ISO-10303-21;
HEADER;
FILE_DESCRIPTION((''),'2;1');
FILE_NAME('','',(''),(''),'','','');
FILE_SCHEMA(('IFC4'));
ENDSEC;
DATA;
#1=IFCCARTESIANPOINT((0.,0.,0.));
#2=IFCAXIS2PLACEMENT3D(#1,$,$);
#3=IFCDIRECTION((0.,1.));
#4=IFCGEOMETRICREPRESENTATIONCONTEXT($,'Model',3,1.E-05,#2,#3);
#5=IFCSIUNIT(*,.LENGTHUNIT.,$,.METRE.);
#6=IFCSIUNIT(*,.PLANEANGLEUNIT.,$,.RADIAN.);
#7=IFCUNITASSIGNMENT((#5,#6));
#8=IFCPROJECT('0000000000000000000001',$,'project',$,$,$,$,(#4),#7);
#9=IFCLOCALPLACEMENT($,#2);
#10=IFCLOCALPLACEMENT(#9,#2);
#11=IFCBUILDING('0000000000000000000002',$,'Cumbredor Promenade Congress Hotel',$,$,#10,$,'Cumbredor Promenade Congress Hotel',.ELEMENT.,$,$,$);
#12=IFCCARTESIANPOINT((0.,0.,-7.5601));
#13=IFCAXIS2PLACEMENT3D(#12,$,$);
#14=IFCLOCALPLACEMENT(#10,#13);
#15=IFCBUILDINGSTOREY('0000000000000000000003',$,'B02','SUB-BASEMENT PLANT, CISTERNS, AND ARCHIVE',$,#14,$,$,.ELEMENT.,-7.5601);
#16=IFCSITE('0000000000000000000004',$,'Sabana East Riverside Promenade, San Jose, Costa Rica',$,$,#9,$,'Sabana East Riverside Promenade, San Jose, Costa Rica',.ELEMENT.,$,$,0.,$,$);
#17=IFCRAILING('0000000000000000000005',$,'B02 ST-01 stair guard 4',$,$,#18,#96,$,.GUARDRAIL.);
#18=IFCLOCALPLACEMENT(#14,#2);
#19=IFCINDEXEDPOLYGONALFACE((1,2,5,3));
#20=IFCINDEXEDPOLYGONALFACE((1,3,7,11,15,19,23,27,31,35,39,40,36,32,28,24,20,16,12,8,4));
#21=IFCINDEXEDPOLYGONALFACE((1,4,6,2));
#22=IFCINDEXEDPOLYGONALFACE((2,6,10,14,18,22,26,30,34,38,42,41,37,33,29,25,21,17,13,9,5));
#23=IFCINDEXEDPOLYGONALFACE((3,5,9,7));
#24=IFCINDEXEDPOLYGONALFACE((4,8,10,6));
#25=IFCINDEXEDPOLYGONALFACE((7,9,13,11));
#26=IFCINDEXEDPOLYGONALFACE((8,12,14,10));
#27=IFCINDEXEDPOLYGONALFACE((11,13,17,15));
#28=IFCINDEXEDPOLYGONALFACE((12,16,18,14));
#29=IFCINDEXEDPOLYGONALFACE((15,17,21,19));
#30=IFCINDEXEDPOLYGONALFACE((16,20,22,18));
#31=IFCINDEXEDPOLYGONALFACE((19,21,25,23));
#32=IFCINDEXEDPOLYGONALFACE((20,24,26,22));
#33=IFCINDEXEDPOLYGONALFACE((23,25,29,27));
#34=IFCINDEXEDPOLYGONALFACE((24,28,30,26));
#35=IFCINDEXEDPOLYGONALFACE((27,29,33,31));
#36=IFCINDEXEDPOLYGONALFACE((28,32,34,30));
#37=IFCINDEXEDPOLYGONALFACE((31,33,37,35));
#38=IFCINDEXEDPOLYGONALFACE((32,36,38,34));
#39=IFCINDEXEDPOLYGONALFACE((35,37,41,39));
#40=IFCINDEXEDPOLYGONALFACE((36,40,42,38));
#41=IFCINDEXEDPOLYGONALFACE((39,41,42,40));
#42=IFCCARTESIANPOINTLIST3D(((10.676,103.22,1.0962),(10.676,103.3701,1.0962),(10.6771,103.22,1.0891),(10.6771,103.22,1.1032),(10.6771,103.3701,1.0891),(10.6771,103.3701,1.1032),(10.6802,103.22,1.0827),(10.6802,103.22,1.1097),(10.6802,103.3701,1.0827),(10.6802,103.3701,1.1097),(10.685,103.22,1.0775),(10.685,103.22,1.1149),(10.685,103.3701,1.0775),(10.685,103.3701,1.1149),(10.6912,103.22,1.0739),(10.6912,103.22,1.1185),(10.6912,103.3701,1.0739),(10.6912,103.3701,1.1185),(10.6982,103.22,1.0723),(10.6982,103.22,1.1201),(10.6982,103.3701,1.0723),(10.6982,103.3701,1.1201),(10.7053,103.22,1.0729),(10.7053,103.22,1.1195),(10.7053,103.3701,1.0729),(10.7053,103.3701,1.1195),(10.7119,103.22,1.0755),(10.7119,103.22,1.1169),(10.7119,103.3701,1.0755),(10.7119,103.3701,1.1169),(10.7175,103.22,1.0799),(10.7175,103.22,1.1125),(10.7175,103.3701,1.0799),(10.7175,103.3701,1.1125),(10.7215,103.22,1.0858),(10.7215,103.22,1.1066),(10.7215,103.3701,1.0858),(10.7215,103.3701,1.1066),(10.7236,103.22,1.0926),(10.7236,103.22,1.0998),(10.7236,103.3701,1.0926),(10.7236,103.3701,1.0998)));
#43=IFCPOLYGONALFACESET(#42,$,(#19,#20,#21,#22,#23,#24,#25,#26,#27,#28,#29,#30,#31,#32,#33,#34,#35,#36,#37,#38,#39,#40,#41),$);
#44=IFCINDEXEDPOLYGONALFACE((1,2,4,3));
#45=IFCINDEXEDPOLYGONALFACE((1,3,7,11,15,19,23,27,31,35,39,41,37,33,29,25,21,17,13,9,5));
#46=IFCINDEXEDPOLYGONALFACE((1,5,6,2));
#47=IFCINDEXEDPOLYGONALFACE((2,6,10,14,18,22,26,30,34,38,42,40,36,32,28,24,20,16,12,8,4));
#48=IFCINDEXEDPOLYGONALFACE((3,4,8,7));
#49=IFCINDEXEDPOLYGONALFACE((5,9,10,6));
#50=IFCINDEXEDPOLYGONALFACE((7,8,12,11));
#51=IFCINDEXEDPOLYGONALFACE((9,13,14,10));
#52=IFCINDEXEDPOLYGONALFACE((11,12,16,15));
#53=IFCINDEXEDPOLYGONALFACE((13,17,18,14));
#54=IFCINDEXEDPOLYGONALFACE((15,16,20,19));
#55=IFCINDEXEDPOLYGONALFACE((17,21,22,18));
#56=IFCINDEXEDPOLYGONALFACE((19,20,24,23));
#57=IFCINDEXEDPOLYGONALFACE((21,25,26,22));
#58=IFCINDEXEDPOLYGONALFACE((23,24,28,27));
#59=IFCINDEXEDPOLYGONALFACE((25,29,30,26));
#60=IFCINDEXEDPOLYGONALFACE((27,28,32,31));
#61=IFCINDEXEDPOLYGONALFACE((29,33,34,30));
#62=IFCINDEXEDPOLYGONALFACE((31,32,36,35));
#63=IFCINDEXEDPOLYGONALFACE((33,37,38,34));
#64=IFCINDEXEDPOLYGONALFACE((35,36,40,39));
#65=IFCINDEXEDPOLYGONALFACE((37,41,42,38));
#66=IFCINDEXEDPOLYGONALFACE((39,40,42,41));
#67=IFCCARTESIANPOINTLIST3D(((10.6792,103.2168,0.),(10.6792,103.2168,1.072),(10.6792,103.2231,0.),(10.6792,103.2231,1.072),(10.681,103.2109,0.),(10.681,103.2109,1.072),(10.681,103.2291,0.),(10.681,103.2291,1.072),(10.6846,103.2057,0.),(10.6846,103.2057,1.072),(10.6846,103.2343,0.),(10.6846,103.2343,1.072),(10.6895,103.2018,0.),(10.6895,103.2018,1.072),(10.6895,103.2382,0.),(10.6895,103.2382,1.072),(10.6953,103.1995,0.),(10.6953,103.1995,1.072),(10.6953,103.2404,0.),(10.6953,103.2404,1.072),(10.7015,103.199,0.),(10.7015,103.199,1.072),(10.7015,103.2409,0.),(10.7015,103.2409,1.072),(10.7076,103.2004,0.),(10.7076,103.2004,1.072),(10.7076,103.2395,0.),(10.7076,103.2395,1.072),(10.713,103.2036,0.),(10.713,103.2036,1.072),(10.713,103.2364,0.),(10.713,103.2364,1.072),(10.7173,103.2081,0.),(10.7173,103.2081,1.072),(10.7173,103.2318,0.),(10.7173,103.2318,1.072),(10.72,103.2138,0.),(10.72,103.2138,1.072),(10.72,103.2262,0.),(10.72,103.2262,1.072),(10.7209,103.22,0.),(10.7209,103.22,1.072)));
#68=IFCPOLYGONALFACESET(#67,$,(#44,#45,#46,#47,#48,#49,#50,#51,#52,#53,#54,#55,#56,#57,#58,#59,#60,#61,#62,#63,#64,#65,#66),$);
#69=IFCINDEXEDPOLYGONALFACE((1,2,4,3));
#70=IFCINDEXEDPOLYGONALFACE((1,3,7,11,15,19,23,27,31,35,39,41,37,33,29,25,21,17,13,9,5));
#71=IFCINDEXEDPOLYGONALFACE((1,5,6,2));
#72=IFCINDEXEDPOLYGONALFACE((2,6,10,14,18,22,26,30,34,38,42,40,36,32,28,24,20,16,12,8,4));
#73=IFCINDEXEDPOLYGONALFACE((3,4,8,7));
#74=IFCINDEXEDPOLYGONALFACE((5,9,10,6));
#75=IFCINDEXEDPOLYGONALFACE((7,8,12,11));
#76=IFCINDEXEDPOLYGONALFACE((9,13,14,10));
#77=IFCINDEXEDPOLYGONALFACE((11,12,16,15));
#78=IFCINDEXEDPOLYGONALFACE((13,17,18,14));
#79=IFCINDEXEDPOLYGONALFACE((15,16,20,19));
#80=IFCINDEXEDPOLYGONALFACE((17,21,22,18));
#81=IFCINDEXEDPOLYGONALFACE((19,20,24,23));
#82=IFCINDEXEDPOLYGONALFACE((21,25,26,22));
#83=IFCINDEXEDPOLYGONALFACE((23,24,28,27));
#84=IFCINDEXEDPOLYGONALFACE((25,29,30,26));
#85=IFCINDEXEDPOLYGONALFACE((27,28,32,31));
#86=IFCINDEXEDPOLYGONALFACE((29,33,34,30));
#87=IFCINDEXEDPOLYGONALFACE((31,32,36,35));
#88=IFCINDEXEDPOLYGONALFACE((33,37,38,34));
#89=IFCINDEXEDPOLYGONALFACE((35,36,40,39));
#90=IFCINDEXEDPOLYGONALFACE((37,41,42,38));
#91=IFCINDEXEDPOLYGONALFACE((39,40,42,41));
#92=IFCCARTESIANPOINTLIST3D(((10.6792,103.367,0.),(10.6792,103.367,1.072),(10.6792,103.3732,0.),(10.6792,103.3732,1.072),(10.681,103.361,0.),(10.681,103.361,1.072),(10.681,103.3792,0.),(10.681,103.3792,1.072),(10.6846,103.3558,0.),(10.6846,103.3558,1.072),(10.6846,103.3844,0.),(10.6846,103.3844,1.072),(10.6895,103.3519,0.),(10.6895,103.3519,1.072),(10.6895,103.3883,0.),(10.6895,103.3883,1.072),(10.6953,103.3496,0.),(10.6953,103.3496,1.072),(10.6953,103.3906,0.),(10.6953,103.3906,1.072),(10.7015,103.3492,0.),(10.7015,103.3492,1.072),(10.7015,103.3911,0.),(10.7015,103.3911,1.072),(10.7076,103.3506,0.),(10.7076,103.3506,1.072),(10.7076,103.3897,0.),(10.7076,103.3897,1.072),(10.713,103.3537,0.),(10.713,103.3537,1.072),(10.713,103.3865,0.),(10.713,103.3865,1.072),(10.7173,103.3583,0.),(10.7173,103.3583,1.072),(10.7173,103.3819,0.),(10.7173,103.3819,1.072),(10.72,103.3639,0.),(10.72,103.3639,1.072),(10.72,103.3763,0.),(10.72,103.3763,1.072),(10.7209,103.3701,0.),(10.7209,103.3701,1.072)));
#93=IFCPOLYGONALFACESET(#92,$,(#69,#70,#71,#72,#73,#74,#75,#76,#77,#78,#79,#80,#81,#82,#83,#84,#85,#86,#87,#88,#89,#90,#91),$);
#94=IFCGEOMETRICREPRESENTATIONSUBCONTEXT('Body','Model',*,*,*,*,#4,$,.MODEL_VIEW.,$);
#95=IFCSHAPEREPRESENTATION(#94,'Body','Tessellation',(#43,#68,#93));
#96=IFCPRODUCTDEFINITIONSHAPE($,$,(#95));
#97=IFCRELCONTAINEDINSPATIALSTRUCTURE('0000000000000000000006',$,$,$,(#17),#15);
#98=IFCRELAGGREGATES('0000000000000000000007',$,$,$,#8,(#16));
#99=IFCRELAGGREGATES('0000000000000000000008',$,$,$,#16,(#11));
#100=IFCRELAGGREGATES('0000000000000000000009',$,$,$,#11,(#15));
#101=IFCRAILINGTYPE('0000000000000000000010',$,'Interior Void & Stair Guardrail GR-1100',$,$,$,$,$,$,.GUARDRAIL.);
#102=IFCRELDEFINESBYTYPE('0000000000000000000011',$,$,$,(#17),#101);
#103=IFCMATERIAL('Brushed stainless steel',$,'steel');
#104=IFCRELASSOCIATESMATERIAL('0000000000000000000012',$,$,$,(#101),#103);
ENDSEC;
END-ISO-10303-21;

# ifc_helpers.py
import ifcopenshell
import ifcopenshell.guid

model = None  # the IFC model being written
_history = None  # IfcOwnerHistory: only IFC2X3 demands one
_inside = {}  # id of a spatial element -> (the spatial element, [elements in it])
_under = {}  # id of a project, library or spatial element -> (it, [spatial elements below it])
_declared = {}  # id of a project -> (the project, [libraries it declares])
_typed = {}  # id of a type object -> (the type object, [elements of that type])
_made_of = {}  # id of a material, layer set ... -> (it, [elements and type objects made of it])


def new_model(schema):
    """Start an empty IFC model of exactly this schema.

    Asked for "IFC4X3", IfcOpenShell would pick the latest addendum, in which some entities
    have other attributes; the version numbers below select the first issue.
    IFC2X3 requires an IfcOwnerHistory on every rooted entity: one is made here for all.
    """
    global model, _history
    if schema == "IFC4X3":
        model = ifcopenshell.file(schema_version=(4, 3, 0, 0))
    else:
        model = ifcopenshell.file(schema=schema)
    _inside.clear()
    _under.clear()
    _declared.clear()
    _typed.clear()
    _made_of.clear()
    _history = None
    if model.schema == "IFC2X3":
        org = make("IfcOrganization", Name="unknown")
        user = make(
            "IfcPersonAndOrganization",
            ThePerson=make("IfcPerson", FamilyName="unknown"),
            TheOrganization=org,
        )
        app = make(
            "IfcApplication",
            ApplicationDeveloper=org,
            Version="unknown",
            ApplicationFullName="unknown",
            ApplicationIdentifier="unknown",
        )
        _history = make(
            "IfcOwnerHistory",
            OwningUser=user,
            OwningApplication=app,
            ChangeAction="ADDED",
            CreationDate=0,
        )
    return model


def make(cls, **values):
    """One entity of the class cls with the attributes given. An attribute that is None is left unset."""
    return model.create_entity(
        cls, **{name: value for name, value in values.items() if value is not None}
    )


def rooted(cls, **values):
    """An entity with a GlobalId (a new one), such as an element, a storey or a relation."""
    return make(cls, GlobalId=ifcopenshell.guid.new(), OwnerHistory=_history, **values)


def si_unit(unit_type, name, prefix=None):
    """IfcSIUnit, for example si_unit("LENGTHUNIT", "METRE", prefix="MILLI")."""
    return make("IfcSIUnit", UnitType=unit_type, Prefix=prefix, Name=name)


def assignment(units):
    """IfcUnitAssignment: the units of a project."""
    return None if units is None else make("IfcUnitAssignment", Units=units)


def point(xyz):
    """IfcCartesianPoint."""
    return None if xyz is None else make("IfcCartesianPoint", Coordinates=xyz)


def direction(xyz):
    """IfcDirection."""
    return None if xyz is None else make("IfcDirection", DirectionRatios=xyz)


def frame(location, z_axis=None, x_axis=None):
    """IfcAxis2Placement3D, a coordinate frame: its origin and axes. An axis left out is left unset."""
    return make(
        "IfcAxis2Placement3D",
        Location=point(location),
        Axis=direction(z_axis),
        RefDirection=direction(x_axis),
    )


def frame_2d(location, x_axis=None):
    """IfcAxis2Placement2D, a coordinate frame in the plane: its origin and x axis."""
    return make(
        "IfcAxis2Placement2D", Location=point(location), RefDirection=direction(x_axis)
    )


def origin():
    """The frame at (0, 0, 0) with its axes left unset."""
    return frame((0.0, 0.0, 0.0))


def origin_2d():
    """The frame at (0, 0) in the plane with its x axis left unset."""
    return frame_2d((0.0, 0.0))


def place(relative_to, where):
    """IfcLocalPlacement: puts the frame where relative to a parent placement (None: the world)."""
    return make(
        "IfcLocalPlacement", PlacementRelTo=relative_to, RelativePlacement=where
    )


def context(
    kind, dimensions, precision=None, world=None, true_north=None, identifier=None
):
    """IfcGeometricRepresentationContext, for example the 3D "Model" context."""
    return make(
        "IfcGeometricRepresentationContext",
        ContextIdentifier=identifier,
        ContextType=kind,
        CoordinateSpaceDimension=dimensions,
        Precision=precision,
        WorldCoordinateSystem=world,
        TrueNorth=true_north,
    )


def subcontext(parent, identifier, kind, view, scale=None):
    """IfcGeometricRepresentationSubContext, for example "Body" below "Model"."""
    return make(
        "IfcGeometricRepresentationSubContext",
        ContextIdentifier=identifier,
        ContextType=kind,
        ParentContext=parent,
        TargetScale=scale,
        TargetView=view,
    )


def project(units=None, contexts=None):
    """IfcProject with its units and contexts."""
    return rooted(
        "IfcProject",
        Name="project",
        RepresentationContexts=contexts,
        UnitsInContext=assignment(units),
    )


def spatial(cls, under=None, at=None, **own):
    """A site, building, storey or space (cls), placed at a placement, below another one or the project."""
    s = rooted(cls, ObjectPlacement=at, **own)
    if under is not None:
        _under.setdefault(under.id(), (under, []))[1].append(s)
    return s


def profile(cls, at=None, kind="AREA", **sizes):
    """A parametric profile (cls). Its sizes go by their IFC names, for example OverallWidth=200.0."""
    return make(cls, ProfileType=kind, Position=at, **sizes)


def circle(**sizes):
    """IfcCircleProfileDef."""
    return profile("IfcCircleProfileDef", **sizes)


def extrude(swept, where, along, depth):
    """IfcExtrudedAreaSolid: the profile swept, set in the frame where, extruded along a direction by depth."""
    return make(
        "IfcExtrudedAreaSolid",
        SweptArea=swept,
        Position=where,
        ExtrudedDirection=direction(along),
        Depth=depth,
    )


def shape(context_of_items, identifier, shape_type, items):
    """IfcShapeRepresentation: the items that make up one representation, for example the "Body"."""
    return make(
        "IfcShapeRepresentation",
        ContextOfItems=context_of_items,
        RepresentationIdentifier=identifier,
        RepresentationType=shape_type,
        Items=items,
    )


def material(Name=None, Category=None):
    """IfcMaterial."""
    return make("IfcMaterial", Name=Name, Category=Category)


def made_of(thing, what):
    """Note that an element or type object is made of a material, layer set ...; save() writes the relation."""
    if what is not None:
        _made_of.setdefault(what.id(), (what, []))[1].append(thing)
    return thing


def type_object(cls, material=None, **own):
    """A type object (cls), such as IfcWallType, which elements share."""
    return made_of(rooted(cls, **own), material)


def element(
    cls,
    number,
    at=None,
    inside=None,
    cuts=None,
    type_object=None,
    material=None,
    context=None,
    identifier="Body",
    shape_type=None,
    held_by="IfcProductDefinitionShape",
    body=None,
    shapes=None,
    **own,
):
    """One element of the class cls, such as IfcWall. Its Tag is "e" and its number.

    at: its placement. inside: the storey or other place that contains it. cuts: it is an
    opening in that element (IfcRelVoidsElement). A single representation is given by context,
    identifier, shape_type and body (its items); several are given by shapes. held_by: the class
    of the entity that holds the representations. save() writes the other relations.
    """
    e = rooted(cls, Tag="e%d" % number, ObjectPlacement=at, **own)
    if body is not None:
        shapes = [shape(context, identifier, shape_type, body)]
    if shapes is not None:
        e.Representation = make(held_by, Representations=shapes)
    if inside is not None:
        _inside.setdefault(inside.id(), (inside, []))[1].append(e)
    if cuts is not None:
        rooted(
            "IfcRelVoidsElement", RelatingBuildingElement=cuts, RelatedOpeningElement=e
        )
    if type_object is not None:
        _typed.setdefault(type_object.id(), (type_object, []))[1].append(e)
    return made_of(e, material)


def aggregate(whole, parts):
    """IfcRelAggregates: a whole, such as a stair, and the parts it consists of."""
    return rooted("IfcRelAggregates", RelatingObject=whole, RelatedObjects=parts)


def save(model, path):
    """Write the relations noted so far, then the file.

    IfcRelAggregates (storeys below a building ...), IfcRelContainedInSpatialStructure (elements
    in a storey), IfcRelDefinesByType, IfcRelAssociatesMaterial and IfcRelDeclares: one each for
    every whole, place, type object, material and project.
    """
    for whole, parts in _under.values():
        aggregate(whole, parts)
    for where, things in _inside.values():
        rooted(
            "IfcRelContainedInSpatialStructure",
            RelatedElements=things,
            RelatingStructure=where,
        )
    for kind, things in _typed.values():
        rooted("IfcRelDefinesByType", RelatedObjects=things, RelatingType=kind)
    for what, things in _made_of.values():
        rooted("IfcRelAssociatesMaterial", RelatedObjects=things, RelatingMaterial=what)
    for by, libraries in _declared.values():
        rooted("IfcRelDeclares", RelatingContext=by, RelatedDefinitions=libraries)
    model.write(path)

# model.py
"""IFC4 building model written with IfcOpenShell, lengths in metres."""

from ifc_helpers import new_model, si_unit, direction, frame, origin, origin_2d, place, context, subcontext, project, spatial, circle, extrude, material, type_object, element, save


model = new_model("IFC4")

# Units and contexts
model_context = context("Model", 3, precision=1e-05, world=origin(), true_north=direction((0.0, 1.0)))
body_context = subcontext(model_context, "Body", "Model", "MODEL_VIEW")
ifc_project = project(units=[si_unit("LENGTHUNIT", "METRE"), si_unit("PLANEANGLEUNIT", "RADIAN")], contexts=[model_context])

# Site, building, storey
site_placement = place(None, origin())
site = spatial("IfcSite", under=ifc_project, at=site_placement, Name="Sabana East Riverside Promenade, San Jose, Costa Rica", LongName="Sabana East Riverside Promenade, San Jose, Costa Rica", CompositionType="ELEMENT", RefElevation=0.0)
building_placement = place(site_placement, origin())
building = spatial("IfcBuilding", under=site, at=building_placement, Name="Cumbredor Promenade Congress Hotel", LongName="Cumbredor Promenade Congress Hotel", CompositionType="ELEMENT")
storey_placement = place(building_placement, frame((0.0, 0.0, -7.5601)))
storey = spatial("IfcBuildingStorey", under=building, at=storey_placement, Name="B02", Description="SUB-BASEMENT PLANT, CISTERNS, AND ARCHIVE", CompositionType="ELEMENT", Elevation=-7.5601)

# Railing
ifc_material_1 = material(Name="Brushed stainless steel", Category="steel")
railing_type_1 = type_object("IfcRailingType", Name="Interior Void & Stair Guardrail GR-1100", PredefinedType="GUARDRAIL", material=ifc_material_1)
railing_1_placement = place(storey_placement, frame((10.7, 103.22, 0.0)))
element("IfcRailing", 1, at=railing_1_placement, inside=storey, type_object=railing_type_1, Name="B02 ST-01 stair guard 4", PredefinedType="GUARDRAIL", context=body_context, shape_type="SweptSolid", body=[
    extrude(circle(Radius=0.0239, at=origin_2d()), frame((0.0, 0.0, 1.0962), z_axis=(0.0, 1.0, 0.0), x_axis=(-1.0, 0.0, 0.0)), (0.0, 0.0, 1.0), 0.1501),
    extrude(circle(Radius=0.021, at=origin_2d()), origin(), (0.0, 0.0, 1.0), 1.072),
    extrude(circle(Radius=0.021, at=origin_2d()), frame((0.0, 0.1501, 0.0)), (0.0, 0.0, 1.0), 1.072),
])

save(model, "model.ifc")
